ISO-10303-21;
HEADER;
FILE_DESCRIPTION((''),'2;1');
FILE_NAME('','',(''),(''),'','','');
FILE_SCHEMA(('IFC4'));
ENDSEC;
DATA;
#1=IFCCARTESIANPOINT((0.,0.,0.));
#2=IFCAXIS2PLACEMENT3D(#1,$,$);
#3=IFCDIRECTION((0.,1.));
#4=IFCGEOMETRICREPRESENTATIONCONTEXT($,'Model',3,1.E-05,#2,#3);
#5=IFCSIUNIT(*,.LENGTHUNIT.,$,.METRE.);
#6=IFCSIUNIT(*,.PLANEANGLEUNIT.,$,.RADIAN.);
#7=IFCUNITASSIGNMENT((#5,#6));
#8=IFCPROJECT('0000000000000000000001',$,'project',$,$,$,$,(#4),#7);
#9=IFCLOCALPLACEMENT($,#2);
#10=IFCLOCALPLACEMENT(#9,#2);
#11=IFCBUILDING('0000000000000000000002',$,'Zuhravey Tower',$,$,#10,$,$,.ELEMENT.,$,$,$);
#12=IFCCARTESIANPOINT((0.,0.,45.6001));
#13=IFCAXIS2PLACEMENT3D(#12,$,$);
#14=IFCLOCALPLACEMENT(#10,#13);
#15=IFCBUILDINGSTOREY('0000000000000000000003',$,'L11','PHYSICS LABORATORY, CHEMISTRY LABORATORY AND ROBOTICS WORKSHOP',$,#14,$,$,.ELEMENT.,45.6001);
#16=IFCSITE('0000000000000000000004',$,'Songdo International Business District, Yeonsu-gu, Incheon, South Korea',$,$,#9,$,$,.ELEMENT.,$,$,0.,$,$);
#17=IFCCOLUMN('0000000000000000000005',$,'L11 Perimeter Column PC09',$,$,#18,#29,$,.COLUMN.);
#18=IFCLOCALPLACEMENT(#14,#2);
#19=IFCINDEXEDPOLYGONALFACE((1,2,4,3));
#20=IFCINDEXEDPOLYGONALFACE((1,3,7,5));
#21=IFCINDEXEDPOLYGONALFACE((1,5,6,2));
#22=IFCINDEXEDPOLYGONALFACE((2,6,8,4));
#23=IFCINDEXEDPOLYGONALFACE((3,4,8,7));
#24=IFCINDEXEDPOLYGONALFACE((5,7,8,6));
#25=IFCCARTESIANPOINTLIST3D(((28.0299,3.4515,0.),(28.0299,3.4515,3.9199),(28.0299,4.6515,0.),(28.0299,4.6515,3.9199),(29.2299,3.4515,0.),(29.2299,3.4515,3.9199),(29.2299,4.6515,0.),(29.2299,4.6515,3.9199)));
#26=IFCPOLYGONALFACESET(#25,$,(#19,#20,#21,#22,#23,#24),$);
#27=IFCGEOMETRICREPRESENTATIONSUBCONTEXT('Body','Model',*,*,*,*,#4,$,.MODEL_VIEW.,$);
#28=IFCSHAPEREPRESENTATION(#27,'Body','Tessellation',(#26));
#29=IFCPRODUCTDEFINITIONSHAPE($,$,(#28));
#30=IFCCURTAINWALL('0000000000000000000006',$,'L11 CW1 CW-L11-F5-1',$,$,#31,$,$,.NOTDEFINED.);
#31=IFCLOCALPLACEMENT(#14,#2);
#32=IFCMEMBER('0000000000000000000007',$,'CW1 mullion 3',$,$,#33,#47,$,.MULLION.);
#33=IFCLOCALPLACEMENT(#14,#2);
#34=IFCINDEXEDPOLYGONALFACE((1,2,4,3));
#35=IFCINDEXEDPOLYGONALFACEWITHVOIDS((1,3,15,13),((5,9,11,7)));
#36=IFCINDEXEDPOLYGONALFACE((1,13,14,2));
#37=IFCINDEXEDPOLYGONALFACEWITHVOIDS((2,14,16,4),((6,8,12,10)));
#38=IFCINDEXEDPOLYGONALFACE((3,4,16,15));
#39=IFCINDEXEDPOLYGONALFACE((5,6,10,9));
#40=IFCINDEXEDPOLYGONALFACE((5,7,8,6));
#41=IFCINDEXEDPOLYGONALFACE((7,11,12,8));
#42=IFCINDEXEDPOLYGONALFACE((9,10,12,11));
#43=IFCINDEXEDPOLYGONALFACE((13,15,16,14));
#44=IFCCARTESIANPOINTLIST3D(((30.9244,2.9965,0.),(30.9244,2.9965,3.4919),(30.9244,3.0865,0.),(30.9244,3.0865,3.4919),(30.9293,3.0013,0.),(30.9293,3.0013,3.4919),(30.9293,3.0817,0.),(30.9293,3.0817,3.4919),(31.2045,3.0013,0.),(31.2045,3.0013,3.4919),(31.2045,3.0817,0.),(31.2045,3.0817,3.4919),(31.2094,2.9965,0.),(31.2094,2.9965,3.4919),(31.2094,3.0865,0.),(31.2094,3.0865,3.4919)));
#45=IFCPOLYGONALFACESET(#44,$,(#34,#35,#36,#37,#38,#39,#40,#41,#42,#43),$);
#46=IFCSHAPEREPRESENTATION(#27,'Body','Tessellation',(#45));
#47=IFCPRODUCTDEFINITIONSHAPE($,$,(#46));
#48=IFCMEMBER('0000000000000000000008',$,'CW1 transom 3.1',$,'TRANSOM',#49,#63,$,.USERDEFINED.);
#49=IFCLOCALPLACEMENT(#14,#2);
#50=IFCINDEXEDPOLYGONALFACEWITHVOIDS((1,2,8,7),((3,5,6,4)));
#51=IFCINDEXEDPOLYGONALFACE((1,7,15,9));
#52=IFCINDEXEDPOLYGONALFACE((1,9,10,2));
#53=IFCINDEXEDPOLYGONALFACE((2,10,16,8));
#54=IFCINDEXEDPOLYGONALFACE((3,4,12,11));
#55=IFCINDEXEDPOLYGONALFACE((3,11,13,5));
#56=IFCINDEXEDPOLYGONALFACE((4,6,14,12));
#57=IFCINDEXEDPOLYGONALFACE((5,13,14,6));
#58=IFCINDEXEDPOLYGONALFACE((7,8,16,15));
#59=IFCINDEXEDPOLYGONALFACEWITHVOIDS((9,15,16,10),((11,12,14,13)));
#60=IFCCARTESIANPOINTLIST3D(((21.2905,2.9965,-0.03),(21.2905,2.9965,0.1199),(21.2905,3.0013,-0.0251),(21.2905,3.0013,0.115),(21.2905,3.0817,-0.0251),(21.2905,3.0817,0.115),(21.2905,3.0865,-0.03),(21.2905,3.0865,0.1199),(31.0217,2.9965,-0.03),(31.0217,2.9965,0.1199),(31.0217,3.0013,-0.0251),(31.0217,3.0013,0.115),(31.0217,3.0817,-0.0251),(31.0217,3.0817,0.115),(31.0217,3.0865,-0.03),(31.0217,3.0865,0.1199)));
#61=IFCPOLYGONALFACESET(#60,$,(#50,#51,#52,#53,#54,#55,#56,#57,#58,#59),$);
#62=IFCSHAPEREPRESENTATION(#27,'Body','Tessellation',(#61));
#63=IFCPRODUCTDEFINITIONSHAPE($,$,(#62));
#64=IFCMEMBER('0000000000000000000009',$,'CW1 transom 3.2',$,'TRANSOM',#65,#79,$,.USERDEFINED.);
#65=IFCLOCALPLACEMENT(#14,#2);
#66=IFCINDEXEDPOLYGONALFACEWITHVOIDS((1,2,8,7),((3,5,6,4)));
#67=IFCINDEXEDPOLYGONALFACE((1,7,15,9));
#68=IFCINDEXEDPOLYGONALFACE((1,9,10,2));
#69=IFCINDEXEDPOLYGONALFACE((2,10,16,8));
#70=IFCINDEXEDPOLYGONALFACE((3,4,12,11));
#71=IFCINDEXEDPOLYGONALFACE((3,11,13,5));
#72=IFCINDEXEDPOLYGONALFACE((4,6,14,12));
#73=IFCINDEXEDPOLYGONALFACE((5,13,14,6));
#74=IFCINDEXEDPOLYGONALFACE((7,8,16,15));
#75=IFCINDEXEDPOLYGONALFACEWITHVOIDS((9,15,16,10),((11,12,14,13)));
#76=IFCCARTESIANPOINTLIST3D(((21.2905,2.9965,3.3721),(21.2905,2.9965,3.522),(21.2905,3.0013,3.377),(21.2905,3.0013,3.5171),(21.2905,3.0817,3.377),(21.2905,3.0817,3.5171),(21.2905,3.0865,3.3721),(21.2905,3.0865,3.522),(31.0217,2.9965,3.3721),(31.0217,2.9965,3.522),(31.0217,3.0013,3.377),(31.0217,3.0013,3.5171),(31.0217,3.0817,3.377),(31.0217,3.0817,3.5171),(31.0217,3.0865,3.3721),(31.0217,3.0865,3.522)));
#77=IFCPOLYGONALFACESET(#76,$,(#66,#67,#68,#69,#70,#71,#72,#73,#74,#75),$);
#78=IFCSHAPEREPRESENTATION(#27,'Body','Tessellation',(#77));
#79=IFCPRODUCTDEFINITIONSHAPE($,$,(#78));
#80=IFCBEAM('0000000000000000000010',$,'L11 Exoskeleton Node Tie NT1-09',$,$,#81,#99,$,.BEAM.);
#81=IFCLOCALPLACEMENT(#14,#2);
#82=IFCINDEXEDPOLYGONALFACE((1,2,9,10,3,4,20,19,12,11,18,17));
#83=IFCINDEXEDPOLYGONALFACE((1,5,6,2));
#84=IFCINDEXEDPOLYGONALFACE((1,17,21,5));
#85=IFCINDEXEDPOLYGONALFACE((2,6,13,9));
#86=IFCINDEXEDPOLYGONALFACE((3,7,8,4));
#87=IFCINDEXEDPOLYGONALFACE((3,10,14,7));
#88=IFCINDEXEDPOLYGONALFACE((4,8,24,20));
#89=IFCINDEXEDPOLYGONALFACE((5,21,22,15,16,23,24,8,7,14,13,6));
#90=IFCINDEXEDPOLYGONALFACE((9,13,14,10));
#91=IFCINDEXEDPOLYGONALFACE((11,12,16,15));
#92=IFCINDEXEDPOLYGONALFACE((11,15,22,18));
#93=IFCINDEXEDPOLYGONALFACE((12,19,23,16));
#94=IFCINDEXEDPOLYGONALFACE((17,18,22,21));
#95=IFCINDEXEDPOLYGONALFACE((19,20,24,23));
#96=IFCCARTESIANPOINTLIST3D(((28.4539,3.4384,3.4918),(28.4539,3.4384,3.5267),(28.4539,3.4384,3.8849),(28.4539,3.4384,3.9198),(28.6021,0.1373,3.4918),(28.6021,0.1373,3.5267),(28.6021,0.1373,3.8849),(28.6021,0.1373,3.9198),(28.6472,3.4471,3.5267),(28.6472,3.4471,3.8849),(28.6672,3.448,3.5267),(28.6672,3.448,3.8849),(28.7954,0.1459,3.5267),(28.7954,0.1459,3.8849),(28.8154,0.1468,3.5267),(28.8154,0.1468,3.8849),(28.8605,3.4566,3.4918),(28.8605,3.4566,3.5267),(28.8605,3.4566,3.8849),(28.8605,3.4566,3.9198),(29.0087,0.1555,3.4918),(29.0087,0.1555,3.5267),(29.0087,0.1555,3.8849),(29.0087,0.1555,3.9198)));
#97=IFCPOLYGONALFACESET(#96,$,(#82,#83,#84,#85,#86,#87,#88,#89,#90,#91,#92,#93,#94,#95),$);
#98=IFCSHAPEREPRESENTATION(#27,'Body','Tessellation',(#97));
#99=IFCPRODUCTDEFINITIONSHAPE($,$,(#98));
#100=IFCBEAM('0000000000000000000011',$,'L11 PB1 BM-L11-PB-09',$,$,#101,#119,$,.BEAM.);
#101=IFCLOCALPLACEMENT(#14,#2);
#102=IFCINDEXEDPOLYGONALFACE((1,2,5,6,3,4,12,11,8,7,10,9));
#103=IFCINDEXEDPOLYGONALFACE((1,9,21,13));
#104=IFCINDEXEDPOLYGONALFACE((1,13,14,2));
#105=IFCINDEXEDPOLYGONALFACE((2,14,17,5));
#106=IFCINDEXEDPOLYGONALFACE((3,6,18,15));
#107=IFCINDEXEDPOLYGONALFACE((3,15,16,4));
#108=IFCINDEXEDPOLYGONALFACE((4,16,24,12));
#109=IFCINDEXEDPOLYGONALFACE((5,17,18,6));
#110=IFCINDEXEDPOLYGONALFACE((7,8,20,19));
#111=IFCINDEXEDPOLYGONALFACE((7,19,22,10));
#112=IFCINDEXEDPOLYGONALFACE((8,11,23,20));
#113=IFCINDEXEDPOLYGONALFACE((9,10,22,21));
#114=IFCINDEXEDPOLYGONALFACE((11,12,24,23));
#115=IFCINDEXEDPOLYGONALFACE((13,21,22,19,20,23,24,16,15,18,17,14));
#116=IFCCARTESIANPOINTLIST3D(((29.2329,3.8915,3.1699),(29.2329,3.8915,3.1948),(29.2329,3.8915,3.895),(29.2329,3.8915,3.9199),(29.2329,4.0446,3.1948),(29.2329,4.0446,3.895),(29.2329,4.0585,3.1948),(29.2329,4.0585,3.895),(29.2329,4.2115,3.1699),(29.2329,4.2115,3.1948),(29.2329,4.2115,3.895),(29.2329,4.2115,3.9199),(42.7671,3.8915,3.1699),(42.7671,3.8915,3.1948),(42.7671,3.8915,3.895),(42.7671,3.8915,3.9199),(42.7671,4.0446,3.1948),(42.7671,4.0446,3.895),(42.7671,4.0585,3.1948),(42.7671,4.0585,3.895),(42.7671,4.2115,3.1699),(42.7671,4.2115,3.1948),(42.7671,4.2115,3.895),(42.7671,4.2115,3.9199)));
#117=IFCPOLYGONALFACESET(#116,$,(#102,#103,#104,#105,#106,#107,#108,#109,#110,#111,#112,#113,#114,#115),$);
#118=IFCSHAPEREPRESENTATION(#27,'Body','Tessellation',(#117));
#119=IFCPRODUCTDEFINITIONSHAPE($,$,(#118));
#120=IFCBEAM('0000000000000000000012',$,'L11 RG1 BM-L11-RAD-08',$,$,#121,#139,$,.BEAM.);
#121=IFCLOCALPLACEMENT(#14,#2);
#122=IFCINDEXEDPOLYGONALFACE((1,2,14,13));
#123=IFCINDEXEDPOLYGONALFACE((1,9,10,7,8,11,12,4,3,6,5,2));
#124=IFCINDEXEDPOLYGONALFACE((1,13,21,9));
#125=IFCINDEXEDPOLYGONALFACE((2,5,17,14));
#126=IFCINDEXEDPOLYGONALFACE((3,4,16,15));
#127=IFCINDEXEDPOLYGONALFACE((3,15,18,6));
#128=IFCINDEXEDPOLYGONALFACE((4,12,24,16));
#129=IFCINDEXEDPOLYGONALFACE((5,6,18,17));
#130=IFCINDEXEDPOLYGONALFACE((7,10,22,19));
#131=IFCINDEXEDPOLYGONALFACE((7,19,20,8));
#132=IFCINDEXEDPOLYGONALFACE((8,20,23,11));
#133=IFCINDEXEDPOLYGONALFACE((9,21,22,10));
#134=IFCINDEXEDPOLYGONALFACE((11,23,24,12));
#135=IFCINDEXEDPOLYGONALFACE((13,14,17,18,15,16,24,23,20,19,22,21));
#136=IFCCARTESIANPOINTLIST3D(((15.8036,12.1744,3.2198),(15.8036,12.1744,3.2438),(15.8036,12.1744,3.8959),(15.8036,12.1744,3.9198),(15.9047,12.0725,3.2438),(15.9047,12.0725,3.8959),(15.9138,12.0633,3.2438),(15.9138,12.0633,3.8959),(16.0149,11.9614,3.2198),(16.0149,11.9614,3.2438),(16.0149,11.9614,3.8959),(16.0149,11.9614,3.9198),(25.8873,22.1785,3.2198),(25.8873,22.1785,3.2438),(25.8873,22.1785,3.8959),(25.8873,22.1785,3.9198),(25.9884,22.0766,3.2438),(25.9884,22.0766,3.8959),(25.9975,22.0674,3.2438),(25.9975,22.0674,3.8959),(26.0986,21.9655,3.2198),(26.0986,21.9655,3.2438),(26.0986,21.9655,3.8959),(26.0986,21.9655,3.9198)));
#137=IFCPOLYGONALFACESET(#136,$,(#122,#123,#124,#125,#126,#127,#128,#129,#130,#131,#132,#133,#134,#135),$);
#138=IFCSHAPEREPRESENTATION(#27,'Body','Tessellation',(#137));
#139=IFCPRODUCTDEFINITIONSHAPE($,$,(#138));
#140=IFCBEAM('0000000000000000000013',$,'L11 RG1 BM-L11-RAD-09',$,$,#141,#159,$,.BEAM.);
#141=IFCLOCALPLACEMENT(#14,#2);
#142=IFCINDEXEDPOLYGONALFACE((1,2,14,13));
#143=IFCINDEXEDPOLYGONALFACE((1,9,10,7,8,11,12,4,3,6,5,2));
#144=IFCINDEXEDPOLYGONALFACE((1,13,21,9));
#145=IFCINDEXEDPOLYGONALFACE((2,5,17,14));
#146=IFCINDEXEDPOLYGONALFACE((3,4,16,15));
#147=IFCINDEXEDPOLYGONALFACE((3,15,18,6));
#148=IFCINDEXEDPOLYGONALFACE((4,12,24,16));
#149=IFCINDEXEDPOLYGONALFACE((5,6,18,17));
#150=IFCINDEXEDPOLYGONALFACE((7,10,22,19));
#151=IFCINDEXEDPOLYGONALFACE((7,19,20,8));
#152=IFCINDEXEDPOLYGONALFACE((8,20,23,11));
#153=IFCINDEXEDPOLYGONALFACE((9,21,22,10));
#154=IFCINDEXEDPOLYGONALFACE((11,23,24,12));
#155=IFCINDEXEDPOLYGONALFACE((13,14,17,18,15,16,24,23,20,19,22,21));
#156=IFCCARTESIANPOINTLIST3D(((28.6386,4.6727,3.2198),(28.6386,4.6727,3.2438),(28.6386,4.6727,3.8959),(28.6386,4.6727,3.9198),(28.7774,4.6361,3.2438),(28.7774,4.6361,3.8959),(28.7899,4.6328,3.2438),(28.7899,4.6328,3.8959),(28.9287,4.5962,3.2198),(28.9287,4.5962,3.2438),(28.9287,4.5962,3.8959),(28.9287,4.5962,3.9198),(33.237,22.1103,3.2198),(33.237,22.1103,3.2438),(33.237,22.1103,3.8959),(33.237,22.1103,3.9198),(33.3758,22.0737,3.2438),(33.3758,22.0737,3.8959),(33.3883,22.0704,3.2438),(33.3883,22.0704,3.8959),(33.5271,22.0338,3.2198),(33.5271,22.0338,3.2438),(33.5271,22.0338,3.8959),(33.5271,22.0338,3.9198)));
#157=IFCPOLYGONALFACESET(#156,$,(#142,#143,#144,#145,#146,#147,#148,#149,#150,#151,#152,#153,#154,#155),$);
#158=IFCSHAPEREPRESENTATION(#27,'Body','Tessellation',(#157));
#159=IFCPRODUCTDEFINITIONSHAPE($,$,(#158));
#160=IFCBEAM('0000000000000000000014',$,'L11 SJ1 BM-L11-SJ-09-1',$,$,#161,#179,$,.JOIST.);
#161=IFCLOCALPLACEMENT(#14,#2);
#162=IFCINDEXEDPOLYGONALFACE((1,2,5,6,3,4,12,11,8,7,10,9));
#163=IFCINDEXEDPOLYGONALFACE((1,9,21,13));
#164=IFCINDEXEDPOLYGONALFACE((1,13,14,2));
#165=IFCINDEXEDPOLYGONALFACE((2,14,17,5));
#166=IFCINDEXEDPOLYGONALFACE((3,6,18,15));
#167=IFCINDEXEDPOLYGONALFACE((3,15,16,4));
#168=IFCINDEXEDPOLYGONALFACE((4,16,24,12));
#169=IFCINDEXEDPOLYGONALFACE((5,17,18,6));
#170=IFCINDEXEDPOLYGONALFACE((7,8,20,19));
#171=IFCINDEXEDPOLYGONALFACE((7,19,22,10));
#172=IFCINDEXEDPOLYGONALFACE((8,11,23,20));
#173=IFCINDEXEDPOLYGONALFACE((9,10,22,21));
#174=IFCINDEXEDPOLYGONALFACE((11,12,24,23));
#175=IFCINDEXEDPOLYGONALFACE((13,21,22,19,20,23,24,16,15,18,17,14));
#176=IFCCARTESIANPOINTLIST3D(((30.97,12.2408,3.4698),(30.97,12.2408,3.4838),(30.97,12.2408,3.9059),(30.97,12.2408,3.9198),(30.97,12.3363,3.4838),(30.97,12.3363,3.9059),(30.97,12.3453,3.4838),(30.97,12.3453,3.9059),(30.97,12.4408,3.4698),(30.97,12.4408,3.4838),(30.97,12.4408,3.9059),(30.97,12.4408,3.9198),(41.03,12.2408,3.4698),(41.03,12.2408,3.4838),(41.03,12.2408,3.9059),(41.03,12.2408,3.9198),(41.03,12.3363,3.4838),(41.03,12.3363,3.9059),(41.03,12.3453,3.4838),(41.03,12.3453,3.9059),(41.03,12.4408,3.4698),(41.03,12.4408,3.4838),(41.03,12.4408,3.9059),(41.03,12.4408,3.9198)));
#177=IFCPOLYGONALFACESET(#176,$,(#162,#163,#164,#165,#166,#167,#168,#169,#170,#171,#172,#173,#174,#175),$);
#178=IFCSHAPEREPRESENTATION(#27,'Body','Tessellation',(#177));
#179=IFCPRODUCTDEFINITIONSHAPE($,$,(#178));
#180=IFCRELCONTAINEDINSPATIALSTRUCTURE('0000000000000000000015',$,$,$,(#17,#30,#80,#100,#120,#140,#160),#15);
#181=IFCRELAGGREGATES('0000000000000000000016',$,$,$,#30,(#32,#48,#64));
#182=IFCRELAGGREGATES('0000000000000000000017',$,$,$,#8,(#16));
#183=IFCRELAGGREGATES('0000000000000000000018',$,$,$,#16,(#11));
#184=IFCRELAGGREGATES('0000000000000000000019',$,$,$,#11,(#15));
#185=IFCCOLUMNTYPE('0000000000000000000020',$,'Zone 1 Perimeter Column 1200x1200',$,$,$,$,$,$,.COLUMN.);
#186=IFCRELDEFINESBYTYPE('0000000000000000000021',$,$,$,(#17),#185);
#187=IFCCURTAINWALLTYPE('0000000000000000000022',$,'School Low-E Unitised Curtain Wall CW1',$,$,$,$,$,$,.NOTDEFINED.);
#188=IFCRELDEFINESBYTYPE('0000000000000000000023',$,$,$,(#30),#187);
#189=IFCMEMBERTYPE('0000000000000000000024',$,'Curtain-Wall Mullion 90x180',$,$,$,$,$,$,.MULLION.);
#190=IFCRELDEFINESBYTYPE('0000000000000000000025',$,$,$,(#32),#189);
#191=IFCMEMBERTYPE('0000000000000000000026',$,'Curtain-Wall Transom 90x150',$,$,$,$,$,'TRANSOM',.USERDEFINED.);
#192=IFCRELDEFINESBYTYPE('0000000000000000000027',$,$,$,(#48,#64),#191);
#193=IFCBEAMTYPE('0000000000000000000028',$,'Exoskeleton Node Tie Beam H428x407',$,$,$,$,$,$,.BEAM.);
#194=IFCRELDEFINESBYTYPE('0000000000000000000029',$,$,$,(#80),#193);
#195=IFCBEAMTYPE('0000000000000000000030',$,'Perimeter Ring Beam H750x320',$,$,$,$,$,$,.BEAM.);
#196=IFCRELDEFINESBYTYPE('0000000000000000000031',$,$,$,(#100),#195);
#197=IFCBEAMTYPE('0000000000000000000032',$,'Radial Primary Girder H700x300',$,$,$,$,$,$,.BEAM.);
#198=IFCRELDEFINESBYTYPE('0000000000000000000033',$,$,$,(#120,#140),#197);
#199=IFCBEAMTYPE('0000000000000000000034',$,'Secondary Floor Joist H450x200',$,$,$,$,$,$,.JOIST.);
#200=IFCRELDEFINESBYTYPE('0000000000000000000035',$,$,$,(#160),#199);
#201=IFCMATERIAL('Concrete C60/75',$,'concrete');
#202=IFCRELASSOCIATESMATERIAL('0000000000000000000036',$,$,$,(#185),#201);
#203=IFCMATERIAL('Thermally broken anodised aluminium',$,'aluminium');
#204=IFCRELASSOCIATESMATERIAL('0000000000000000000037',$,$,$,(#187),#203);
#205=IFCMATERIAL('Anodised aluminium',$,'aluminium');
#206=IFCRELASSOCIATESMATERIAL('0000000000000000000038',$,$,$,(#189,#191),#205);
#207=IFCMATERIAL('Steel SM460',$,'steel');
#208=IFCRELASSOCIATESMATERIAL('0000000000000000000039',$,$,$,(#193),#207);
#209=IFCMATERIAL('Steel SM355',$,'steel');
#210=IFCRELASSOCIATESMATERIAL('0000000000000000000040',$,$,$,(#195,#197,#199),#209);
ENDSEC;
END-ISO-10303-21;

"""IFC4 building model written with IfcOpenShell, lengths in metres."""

from ifc_helpers import new_model, si_unit, direction, frame, origin, origin_2d, place, context, subcontext, project, spatial, rectangle, hollow_rectangle, i_section, extrude, material, material_profile, profile_set, type_object, element, aggregate, save


model = new_model("IFC4")

# Units and contexts
model_context = context("Model", 3, precision=1e-05, world=origin(), true_north=direction((0.0, 1.0)))
body_context = subcontext(model_context, "Body", "Model", "MODEL_VIEW")
ifc_project = project(units=[si_unit("LENGTHUNIT", "METRE"), si_unit("PLANEANGLEUNIT", "RADIAN")], contexts=[model_context])

# Site, building, storey
site_placement = place(None, origin())
site = spatial("IfcSite", under=ifc_project, at=site_placement, Name="Songdo International Business District, Yeonsu-gu, Incheon, South Korea", CompositionType="ELEMENT", RefElevation=0.0)
building_placement = place(site_placement, origin())
building = spatial("IfcBuilding", under=site, at=building_placement, Name="Zuhravey Tower", CompositionType="ELEMENT")
storey_placement = place(building_placement, frame((0.0, 0.0, 45.6001)))
storey = spatial("IfcBuildingStorey", under=building, at=storey_placement, Name="L11", Description="PHYSICS LABORATORY, CHEMISTRY LABORATORY AND ROBOTICS WORKSHOP", CompositionType="ELEMENT", Elevation=45.6001)

# Column
ifc_material_1 = material(Name="Concrete C60/75", Category="concrete")
ifc_material_profile_1 = material_profile(ifc_material_1, rectangle(XDim=1.2, YDim=1.2, at=origin_2d()), Name="RC-1200x1200")
ifc_profile_set_1 = profile_set([ifc_material_profile_1], Name="Concrete C60/75")
column_type = type_object("IfcColumnType", Name="Zone 1 Perimeter Column 1200x1200", PredefinedType="COLUMN", material=ifc_profile_set_1)
column_placement = place(storey_placement, frame((28.6299, 4.0515, 0.0), z_axis=(0.0, 0.0, 1.0), x_axis=(1.0, 0.0, 0.0)))
element("IfcColumn", 1, at=column_placement, inside=storey, type_object=column_type, Name="L11 Perimeter Column PC09", PredefinedType="COLUMN", context=body_context, shape_type="SweptSolid", body=[
    extrude(rectangle(XDim=1.2, YDim=1.2, at=origin_2d()), origin(), (0.0, 0.0, 1.0), 3.9199),
])

# Curtain wall, members
ifc_material_2 = material(Name="Thermally broken anodised aluminium", Category="aluminium")
curtain_wall_type = type_object("IfcCurtainWallType", Name="School Low-E Unitised Curtain Wall CW1", PredefinedType="NOTDEFINED", material=ifc_material_2)
curtain_wall_placement = place(storey_placement, origin())
curtain_wall = element("IfcCurtainWall", 2, at=curtain_wall_placement, inside=storey, type_object=curtain_wall_type, Name="L11 CW1 CW-L11-F5-1", PredefinedType="NOTDEFINED")
ifc_material_3 = material(Name="Anodised aluminium", Category="aluminium")
ifc_material_profile_2 = material_profile(ifc_material_3, hollow_rectangle(XDim=0.0901, YDim=0.2849, WallThickness=0.0049, at=origin_2d()), Name="ALU-RHS-90x285x5")
ifc_profile_set_2 = profile_set([ifc_material_profile_2], Name="Anodised aluminium")
member_type_1 = type_object("IfcMemberType", Name="Curtain-Wall Mullion 90x180", PredefinedType="MULLION", material=ifc_profile_set_2)
member_1_placement = place(storey_placement, frame((31.0669, 3.0415, 0.0), z_axis=(0.0, 0.0, 1.0), x_axis=(0.0, -1.0, 0.0)))
member_1 = element("IfcMember", 3, at=member_1_placement, type_object=member_type_1, Name="CW1 mullion 3", PredefinedType="MULLION", context=body_context, shape_type="SweptSolid", body=[
    extrude(hollow_rectangle(XDim=0.0901, YDim=0.2849, WallThickness=0.0049, at=origin_2d()), origin(), (0.0, 0.0, 1.0), 3.4919),
])
ifc_material_profile_3 = material_profile(ifc_material_3, hollow_rectangle(XDim=0.0901, YDim=0.1499, WallThickness=0.0049, at=origin_2d()), Name="ALU-RHS-90x150x5")
ifc_profile_set_3 = profile_set([ifc_material_profile_3], Name="Anodised aluminium")
member_type_2 = type_object("IfcMemberType", Name="Curtain-Wall Transom 90x150", ElementType="TRANSOM", PredefinedType="USERDEFINED", material=ifc_profile_set_3)
member_2_placement = place(storey_placement, frame((31.0217, 3.0415, 0.0449), z_axis=(-1.0, 0.0, 0.0), x_axis=(0.0, -1.0, 0.0)))
member_2 = element("IfcMember", 4, at=member_2_placement, type_object=member_type_2, Name="CW1 transom 3.1", ObjectType="TRANSOM", PredefinedType="USERDEFINED", context=body_context, shape_type="SweptSolid", body=[
    extrude(hollow_rectangle(XDim=0.0901, YDim=0.1499, WallThickness=0.0049, at=origin_2d()), origin(), (0.0, 0.0, 1.0), 9.7312),
])
member_3_placement = place(storey_placement, frame((31.0217, 3.0415, 3.447), z_axis=(-1.0, 0.0, 0.0), x_axis=(0.0, -1.0, 0.0)))
member_3 = element("IfcMember", 5, at=member_3_placement, type_object=member_type_2, Name="CW1 transom 3.2", ObjectType="TRANSOM", PredefinedType="USERDEFINED", context=body_context, shape_type="SweptSolid", body=[
    extrude(hollow_rectangle(XDim=0.0901, YDim=0.1499, WallThickness=0.0049, at=origin_2d()), origin(), (0.0, 0.0, 1.0), 9.7312),
])

# Beams
ifc_material_4 = material(Name="Steel SM460", Category="steel")
ifc_material_profile_4 = material_profile(ifc_material_4, i_section(OverallWidth=0.407, OverallDepth=0.428, WebThickness=0.02, FlangeThickness=0.0349, at=origin_2d()), Name="H-428x407x20x35")
ifc_profile_set_4 = profile_set([ifc_material_profile_4], Name="Steel SM460")
beam_type_1 = type_object("IfcBeamType", Name="Exoskeleton Node Tie Beam H428x407", PredefinedType="BEAM", material=ifc_profile_set_4)
beam_1_placement = place(storey_placement, frame((28.6572, 3.4475, 3.7058), z_axis=(0.044848, -0.998994, 0.0), x_axis=(0.998994, 0.044848, 0.0)))
element("IfcBeam", 6, at=beam_1_placement, inside=storey, type_object=beam_type_1, Name="L11 Exoskeleton Node Tie NT1-09", PredefinedType="BEAM", context=body_context, shape_type="SweptSolid", body=[
    extrude(i_section(OverallWidth=0.407, OverallDepth=0.428, WebThickness=0.02, FlangeThickness=0.0349, at=origin_2d()), origin(), (0.0, 0.0, 1.0), 3.3044),
])
ifc_material_5 = material(Name="Steel SM355", Category="steel")
ifc_material_profile_5 = material_profile(ifc_material_5, i_section(OverallWidth=0.3201, OverallDepth=0.75, WebThickness=0.0139, FlangeThickness=0.0249, at=origin_2d()), Name="H-750x320x14x25")
ifc_profile_set_5 = profile_set([ifc_material_profile_5], Name="Steel SM355")
beam_type_2 = type_object("IfcBeamType", Name="Perimeter Ring Beam H750x320", PredefinedType="BEAM", material=ifc_profile_set_5)
beam_2_placement = place(storey_placement, frame((29.2329, 4.0515, 3.5449), z_axis=(1.0, 0.0, 0.0), x_axis=(0.0, 1.0, 0.0)))
element("IfcBeam", 7, at=beam_2_placement, inside=storey, type_object=beam_type_2, Name="L11 PB1 BM-L11-PB-09", PredefinedType="BEAM", context=body_context, shape_type="SweptSolid", body=[
    extrude(i_section(OverallWidth=0.3201, OverallDepth=0.75, WebThickness=0.0139, FlangeThickness=0.0249, at=origin_2d()), origin(), (0.0, 0.0, 1.0), 13.5342),
])
ifc_material_profile_6 = material_profile(ifc_material_5, i_section(OverallWidth=0.3, OverallDepth=0.7, WebThickness=0.0129, FlangeThickness=0.0239, at=origin_2d()), Name="H-700x300x13x24")
ifc_profile_set_6 = profile_set([ifc_material_profile_6], Name="Steel SM355")
beam_type_3 = type_object("IfcBeamType", Name="Radial Primary Girder H700x300", PredefinedType="BEAM", material=ifc_profile_set_6)
beam_3_placement = place(storey_placement, frame((25.9929, 22.072, 3.5698), z_axis=(-0.709903, -0.7043, 0.0), x_axis=(0.7043, -0.709903, 0.0)))
element("IfcBeam", 8, at=beam_3_placement, inside=storey, type_object=beam_type_3, Name="L11 RG1 BM-L11-RAD-08", PredefinedType="BEAM", context=body_context, shape_type="SweptSolid", body=[
    extrude(i_section(OverallWidth=0.3, OverallDepth=0.7, WebThickness=0.0129, FlangeThickness=0.0239, at=origin_2d()), origin(), (0.0, 0.0, 1.0), 14.2043),
])
beam_4_placement = place(storey_placement, frame((33.3821, 22.072, 3.5698), z_axis=(-0.25499, -0.966944, 0.0), x_axis=(0.966944, -0.25499, 0.0)))
element("IfcBeam", 9, at=beam_4_placement, inside=storey, type_object=beam_type_3, Name="L11 RG1 BM-L11-RAD-09", PredefinedType="BEAM", context=body_context, shape_type="SweptSolid", body=[
    extrude(i_section(OverallWidth=0.3, OverallDepth=0.7, WebThickness=0.0129, FlangeThickness=0.0239, at=origin_2d()), origin(), (0.0, 0.0, 1.0), 18.0337),
])
ifc_material_profile_7 = material_profile(ifc_material_5, i_section(OverallWidth=0.2, OverallDepth=0.45, WebThickness=0.009, FlangeThickness=0.0139, at=origin_2d()), Name="H-450x200x9x14")
ifc_profile_set_7 = profile_set([ifc_material_profile_7], Name="Steel SM355")
beam_type_4 = type_object("IfcBeamType", Name="Secondary Floor Joist H450x200", PredefinedType="JOIST", material=ifc_profile_set_7)
beam_5_placement = place(storey_placement, frame((30.97, 12.3408, 3.6948), z_axis=(1.0, 0.0, 0.0), x_axis=(0.0, 1.0, 0.0)))
element("IfcBeam", 10, at=beam_5_placement, inside=storey, type_object=beam_type_4, Name="L11 SJ1 BM-L11-SJ-09-1", PredefinedType="JOIST", context=body_context, shape_type="SweptSolid", body=[
    extrude(i_section(OverallWidth=0.2, OverallDepth=0.45, WebThickness=0.009, FlangeThickness=0.0139, at=origin_2d()), origin(), (0.0, 0.0, 1.0), 10.0601),
])

aggregate(curtain_wall, [member_1, member_2, member_3])

save(model, "model.ifc")
